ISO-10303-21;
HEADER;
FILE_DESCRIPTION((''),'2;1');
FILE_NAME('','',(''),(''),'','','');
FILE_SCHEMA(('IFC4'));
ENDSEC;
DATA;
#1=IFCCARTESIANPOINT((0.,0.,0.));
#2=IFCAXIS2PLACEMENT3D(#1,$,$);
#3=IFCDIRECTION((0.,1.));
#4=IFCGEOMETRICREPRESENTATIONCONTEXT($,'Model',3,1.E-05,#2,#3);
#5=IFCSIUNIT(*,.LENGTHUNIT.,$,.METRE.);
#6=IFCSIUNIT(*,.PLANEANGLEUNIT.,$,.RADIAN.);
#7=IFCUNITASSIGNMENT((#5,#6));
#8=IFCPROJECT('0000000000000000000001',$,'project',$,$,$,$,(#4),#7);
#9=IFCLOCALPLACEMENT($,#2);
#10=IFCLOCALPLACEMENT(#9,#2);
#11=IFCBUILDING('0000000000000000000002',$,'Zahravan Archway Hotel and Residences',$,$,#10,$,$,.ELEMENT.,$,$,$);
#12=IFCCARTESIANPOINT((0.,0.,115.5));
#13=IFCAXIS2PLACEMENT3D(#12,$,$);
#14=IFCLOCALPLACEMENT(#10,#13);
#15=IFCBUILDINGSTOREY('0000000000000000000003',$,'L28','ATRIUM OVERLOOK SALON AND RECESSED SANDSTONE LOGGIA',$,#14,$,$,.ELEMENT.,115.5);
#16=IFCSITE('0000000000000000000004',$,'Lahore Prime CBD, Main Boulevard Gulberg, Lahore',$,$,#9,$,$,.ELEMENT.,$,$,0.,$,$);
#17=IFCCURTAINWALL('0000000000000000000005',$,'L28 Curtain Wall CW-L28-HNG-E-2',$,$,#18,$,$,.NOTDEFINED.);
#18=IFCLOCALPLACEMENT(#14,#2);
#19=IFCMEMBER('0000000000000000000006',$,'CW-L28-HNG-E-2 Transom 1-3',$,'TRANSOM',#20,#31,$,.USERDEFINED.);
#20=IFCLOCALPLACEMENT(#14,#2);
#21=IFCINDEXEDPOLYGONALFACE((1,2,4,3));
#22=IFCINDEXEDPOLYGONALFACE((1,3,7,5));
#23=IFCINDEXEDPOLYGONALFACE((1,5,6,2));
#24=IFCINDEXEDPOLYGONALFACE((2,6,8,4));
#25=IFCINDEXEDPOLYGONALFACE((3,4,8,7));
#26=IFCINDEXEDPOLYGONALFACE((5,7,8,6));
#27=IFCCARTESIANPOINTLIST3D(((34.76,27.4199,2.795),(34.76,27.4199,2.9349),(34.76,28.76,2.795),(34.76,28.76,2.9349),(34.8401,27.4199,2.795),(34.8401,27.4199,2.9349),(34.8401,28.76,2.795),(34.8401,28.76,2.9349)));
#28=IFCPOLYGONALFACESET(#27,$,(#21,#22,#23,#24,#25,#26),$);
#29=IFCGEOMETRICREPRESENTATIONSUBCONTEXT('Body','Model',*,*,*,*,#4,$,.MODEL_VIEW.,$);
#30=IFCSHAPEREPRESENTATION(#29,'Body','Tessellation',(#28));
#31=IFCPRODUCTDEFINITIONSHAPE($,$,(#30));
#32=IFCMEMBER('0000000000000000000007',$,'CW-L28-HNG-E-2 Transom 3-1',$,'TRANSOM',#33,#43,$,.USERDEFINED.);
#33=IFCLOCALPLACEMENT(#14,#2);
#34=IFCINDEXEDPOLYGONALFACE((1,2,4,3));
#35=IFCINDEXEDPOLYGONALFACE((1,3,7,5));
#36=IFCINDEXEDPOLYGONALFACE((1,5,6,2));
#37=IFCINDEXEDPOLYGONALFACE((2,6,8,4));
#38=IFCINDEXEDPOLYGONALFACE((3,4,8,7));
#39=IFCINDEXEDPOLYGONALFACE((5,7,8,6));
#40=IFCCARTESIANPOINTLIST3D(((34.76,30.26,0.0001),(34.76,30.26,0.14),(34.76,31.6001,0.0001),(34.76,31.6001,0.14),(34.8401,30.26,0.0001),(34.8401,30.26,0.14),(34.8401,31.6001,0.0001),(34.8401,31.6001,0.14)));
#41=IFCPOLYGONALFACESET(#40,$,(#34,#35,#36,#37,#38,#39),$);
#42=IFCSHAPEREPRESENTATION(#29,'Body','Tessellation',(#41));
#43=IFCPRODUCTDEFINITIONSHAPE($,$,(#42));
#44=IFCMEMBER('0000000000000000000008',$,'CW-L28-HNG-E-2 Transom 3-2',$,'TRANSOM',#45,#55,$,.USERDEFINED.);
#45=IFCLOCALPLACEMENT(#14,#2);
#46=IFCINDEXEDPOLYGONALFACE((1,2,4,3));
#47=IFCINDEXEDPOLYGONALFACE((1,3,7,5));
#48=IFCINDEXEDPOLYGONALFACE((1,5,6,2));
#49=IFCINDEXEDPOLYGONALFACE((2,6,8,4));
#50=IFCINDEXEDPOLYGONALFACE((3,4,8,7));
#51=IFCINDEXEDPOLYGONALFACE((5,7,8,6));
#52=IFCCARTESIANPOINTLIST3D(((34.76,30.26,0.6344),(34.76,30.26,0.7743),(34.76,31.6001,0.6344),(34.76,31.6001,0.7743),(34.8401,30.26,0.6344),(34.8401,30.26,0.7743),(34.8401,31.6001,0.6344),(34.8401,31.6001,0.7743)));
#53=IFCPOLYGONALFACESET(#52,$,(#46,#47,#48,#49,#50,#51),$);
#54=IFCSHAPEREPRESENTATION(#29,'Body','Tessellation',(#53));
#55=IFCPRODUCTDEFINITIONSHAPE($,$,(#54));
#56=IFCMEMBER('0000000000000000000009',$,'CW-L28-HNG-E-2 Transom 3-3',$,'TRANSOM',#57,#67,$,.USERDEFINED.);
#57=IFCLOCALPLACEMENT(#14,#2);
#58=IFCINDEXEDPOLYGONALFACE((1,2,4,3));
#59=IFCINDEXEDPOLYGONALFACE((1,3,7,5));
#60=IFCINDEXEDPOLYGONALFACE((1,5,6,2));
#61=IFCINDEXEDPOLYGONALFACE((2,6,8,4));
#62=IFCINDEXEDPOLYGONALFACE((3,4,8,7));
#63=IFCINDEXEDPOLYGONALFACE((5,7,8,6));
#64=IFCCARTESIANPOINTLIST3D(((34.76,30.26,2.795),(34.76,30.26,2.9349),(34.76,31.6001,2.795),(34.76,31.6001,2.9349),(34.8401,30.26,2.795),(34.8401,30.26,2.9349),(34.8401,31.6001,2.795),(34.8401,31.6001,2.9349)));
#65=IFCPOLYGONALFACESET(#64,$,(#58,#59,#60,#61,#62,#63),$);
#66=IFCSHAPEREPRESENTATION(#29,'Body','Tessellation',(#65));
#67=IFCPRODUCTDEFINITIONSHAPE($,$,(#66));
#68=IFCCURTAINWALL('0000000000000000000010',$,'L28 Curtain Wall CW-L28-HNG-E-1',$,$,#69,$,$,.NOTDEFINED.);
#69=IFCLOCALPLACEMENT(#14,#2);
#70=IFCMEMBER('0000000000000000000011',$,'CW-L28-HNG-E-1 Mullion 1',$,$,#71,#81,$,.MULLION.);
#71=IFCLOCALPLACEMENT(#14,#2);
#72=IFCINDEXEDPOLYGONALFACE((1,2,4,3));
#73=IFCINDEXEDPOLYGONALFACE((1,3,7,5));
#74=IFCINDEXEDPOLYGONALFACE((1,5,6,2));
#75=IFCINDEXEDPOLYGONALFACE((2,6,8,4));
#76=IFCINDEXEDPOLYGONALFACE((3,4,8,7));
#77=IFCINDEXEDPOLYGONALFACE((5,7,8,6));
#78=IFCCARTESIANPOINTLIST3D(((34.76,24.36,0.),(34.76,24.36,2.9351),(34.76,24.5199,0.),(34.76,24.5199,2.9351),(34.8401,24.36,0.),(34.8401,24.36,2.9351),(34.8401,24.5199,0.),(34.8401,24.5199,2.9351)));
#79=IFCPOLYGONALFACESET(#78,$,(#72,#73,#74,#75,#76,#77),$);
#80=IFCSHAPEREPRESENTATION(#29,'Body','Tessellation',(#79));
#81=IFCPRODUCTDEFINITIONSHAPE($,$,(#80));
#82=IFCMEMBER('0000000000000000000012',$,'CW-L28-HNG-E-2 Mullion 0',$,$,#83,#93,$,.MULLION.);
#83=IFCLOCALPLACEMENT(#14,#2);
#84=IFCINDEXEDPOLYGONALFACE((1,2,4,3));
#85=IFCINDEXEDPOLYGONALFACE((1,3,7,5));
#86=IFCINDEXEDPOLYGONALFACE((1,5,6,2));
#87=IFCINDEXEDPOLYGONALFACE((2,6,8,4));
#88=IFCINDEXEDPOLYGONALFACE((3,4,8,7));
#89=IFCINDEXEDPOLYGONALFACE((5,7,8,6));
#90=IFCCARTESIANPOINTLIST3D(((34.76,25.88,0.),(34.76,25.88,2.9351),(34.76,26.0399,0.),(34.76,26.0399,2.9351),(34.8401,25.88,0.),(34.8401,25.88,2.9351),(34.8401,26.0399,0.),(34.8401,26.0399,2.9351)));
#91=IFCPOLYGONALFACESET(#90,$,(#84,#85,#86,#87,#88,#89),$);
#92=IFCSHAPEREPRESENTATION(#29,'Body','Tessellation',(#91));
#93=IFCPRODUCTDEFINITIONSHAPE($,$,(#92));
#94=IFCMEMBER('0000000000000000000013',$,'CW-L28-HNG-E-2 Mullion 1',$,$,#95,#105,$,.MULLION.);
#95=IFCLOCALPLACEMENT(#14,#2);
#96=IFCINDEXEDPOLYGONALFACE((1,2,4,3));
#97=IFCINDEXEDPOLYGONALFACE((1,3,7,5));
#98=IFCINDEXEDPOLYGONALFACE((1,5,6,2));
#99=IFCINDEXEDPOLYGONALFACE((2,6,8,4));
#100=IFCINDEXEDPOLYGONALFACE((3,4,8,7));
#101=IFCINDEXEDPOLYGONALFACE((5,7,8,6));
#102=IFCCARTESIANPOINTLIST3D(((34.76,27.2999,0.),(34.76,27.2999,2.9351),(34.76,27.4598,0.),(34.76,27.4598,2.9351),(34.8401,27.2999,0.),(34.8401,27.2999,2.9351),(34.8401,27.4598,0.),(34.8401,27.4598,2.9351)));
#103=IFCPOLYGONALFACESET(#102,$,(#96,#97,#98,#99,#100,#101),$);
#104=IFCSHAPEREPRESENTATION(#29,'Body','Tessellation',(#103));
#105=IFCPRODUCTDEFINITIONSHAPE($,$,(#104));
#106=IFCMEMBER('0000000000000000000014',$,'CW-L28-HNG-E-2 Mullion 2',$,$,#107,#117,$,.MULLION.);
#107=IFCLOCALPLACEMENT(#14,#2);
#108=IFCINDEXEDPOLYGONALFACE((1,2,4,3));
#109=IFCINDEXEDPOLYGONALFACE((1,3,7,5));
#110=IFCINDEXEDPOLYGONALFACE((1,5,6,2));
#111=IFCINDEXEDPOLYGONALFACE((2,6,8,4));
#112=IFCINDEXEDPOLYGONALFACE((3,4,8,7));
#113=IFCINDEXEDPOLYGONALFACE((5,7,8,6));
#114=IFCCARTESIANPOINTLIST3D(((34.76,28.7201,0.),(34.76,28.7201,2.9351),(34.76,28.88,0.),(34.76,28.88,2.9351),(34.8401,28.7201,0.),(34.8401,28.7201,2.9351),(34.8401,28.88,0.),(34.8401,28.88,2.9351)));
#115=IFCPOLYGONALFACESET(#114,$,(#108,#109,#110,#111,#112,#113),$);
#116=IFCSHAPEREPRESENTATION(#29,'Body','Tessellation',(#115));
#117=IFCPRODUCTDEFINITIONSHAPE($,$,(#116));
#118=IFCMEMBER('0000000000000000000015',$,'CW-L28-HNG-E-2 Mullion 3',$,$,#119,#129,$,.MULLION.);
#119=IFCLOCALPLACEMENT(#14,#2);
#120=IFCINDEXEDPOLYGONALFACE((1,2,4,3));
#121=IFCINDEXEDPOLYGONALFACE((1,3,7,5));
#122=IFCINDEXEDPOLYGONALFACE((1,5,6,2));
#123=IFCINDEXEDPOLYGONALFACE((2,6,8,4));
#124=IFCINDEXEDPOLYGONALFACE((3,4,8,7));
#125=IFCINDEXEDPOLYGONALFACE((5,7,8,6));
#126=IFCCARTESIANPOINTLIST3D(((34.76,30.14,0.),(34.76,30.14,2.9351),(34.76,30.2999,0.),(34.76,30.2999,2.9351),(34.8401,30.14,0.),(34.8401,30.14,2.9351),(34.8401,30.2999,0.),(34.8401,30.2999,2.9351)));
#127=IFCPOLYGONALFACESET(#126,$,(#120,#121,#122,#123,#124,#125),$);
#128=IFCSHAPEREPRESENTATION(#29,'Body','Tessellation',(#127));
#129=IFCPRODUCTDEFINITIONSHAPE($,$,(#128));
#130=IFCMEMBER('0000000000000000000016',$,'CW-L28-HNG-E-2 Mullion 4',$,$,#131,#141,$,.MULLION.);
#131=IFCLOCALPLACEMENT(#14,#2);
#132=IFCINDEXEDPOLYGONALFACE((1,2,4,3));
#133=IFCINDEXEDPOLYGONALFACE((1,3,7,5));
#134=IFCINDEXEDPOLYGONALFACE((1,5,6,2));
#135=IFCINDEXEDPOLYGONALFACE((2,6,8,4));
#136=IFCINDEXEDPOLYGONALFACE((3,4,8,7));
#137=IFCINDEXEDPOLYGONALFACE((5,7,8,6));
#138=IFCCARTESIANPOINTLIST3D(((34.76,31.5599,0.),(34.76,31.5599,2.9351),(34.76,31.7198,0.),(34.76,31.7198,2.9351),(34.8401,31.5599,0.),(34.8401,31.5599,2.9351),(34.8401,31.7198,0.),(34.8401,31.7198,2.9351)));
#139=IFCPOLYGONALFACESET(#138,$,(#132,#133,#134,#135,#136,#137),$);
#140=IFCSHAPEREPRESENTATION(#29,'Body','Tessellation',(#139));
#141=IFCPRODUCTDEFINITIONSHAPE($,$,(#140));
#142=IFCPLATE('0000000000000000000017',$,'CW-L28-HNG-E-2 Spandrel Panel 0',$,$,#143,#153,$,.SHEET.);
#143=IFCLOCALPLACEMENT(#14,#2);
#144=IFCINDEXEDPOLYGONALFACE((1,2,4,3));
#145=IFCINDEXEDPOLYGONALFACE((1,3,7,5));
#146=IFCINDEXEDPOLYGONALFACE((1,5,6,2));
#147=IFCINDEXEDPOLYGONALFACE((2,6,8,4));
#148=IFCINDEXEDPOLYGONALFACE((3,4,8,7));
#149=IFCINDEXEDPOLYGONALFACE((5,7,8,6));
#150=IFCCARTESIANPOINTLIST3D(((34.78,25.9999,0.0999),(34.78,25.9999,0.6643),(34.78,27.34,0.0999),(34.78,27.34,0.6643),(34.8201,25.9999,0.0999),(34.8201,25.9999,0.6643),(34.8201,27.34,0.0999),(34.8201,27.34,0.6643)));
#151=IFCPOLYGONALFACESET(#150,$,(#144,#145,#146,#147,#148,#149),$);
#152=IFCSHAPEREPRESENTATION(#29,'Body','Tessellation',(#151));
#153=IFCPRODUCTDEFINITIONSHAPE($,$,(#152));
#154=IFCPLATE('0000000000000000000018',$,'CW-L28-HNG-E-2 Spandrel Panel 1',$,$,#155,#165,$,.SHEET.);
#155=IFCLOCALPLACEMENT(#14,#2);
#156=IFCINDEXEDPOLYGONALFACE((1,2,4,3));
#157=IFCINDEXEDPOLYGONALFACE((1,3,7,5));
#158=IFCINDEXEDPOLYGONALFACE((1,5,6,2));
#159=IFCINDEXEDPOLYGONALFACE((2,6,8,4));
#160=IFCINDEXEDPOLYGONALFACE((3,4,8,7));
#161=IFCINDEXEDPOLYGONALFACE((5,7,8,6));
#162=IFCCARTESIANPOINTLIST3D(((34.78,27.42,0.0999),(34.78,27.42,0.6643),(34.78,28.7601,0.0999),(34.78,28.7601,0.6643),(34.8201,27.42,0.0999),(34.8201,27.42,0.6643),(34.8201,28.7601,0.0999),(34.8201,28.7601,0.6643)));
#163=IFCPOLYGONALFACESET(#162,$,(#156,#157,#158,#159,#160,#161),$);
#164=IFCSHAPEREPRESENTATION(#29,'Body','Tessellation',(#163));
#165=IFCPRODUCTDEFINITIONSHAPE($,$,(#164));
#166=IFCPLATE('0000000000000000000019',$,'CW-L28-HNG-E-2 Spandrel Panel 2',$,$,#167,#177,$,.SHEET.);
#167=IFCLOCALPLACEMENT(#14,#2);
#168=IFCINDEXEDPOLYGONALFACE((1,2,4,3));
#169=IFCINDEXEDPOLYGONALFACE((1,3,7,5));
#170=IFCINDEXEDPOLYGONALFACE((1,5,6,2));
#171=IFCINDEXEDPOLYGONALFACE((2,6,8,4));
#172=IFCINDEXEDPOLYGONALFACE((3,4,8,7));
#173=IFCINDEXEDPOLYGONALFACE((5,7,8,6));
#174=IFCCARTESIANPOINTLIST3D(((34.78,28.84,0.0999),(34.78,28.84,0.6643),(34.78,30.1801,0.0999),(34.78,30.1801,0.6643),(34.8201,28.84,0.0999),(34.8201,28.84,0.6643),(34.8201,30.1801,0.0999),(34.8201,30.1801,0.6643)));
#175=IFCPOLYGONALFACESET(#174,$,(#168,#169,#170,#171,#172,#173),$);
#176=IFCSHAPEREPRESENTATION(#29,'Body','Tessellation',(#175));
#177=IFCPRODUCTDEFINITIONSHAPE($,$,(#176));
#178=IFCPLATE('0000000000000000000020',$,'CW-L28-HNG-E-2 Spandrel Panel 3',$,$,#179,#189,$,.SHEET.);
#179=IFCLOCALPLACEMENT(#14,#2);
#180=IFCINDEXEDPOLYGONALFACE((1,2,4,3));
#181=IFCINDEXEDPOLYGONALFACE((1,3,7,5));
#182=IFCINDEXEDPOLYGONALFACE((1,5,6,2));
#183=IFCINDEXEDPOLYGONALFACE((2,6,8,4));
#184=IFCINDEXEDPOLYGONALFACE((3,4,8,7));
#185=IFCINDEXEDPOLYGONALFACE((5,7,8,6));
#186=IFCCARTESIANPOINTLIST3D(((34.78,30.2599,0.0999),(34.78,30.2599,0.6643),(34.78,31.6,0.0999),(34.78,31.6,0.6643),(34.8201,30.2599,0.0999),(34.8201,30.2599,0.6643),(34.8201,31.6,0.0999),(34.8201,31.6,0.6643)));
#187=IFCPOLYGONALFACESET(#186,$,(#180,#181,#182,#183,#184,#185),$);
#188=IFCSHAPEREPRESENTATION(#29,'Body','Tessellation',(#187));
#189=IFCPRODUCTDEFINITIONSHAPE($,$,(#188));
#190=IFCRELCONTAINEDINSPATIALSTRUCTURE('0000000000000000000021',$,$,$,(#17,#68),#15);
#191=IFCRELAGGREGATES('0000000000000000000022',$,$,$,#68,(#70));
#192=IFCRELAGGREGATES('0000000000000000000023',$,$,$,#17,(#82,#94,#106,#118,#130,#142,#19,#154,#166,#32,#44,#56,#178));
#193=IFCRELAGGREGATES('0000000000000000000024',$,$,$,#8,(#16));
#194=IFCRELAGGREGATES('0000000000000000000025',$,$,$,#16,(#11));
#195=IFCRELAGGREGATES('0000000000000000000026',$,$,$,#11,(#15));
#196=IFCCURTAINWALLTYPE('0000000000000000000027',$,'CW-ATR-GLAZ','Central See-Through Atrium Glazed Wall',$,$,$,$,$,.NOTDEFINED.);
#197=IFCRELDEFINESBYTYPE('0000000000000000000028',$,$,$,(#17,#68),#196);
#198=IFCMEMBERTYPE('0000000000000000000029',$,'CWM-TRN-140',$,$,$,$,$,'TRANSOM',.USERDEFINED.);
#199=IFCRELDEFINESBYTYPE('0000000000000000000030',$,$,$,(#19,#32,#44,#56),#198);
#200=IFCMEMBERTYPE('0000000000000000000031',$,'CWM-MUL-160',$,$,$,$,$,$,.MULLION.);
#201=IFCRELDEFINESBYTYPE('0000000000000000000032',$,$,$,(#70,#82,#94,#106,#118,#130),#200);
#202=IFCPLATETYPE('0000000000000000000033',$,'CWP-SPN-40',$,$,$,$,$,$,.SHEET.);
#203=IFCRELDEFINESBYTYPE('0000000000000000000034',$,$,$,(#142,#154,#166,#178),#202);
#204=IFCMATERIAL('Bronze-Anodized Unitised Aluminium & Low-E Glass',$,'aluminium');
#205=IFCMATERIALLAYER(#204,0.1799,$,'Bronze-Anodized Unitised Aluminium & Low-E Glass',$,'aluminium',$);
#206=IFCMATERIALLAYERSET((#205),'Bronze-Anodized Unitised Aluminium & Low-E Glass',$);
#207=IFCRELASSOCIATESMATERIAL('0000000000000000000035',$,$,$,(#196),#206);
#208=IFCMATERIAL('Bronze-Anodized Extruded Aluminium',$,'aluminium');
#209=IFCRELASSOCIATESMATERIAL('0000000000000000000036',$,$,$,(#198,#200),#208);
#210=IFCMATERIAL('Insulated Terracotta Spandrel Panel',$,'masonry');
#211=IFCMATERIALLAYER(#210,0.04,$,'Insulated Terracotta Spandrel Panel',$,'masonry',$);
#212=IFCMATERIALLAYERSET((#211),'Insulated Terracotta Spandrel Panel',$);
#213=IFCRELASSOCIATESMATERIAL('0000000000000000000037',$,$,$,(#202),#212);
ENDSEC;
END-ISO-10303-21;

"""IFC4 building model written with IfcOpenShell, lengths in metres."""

from ifc_helpers import new_model, si_unit, direction, frame, origin, origin_2d, place, context, subcontext, project, spatial, rectangle, extrude, source, transform, mapped, material, layer, layer_set, material_profile, profile_set, type_object, element, aggregate, save


model = new_model("IFC4")

# Units and contexts
model_context = context("Model", 3, precision=1e-05, world=origin(), true_north=direction((0.0, 1.0)))
body_context = subcontext(model_context, "Body", "Model", "MODEL_VIEW")
ifc_project = project(units=[si_unit("LENGTHUNIT", "METRE"), si_unit("PLANEANGLEUNIT", "RADIAN")], contexts=[model_context])

# Site, building, storey
site_placement = place(None, origin())
site = spatial("IfcSite", under=ifc_project, at=site_placement, Name="Lahore Prime CBD, Main Boulevard Gulberg, Lahore", CompositionType="ELEMENT", RefElevation=0.0)
building_placement = place(site_placement, origin())
building = spatial("IfcBuilding", under=site, at=building_placement, Name="Zahravan Archway Hotel and Residences", CompositionType="ELEMENT")
storey_placement = place(building_placement, frame((0.0, 0.0, 115.5)))
storey = spatial("IfcBuildingStorey", under=building, at=storey_placement, Name="L28", Description="ATRIUM OVERLOOK SALON AND RECESSED SANDSTONE LOGGIA", CompositionType="ELEMENT", Elevation=115.5)

# Curtain wall, members
ifc_material_1 = material(Name="Bronze-Anodized Unitised Aluminium & Low-E Glass", Category="aluminium")
ifc_layer_1 = layer(ifc_material_1, 0.1799, Name="Bronze-Anodized Unitised Aluminium & Low-E Glass", Category="aluminium")
ifc_layer_set_1 = layer_set([ifc_layer_1], Name="Bronze-Anodized Unitised Aluminium & Low-E Glass")
curtain_wall_type = type_object("IfcCurtainWallType", Name="CW-ATR-GLAZ", Description="Central See-Through Atrium Glazed Wall", PredefinedType="NOTDEFINED", material=ifc_layer_set_1)
curtain_wall_1_placement = place(storey_placement, origin())
curtain_wall_1 = element("IfcCurtainWall", 1, at=curtain_wall_1_placement, inside=storey, type_object=curtain_wall_type, Name="L28 Curtain Wall CW-L28-HNG-E-2", PredefinedType="NOTDEFINED")
ifc_material_2 = material(Name="Bronze-Anodized Extruded Aluminium", Category="aluminium")
ifc_material_profile_1 = material_profile(ifc_material_2, rectangle(XDim=0.0801, YDim=0.1399, at=origin_2d()), Name="TRN 80x140", Category="aluminium")
ifc_profile_set_1 = profile_set([ifc_material_profile_1], Name="Bronze-Anodized Extruded Aluminium")
member_type_1 = type_object("IfcMemberType", Name="CWM-TRN-140", ElementType="TRANSOM", PredefinedType="USERDEFINED", material=ifc_profile_set_1)
shared_shape_1 = source(origin(), body_context, "Body", "SweptSolid", [
    extrude(rectangle(XDim=0.0801, YDim=0.1399, at=origin_2d()), origin(), (0.0, 0.0, 1.0), 1.3401),
])
member_1_placement = place(storey_placement, frame((34.8, 27.4199, 2.865), z_axis=(0.0, 1.0, 0.0), x_axis=(-1.0, 0.0, 0.0)))
member_1 = element("IfcMember", 2, at=member_1_placement, type_object=member_type_1, Name="CW-L28-HNG-E-2 Transom 1-3", ObjectType="TRANSOM", PredefinedType="USERDEFINED", context=body_context, shape_type="MappedRepresentation", body=[
    mapped(shared_shape_1, transform((0.0, 0.0, 0.0), scale=1.0)),
])
member_2_placement = place(storey_placement, frame((34.8, 30.26, 0.0701), z_axis=(0.0, 1.0, 0.0), x_axis=(-1.0, 0.0, 0.0)))
member_2 = element("IfcMember", 3, at=member_2_placement, type_object=member_type_1, Name="CW-L28-HNG-E-2 Transom 3-1", ObjectType="TRANSOM", PredefinedType="USERDEFINED", context=body_context, shape_type="MappedRepresentation", body=[
    mapped(shared_shape_1, transform((0.0, 0.0, 0.0), scale=1.0)),
])
member_3_placement = place(storey_placement, frame((34.8, 30.26, 0.7043), z_axis=(0.0, 1.0, 0.0), x_axis=(-1.0, 0.0, 0.0)))
member_3 = element("IfcMember", 4, at=member_3_placement, type_object=member_type_1, Name="CW-L28-HNG-E-2 Transom 3-2", ObjectType="TRANSOM", PredefinedType="USERDEFINED", context=body_context, shape_type="MappedRepresentation", body=[
    mapped(shared_shape_1, transform((0.0, 0.0, 0.0), scale=1.0)),
])
member_4_placement = place(storey_placement, frame((34.8, 30.26, 2.865), z_axis=(0.0, 1.0, 0.0), x_axis=(-1.0, 0.0, 0.0)))
member_4 = element("IfcMember", 5, at=member_4_placement, type_object=member_type_1, Name="CW-L28-HNG-E-2 Transom 3-3", ObjectType="TRANSOM", PredefinedType="USERDEFINED", context=body_context, shape_type="MappedRepresentation", body=[
    mapped(shared_shape_1, transform((0.0, 0.0, 0.0), scale=1.0)),
])

# Curtain wall, member
curtain_wall_2_placement = place(storey_placement, origin())
curtain_wall_2 = element("IfcCurtainWall", 6, at=curtain_wall_2_placement, inside=storey, type_object=curtain_wall_type, Name="L28 Curtain Wall CW-L28-HNG-E-1", PredefinedType="NOTDEFINED")
ifc_material_profile_2 = material_profile(ifc_material_2, rectangle(XDim=0.0801, YDim=0.1599, at=origin_2d()), Name="MUL 80x160", Category="aluminium")
ifc_profile_set_2 = profile_set([ifc_material_profile_2], Name="Bronze-Anodized Extruded Aluminium")
member_type_2 = type_object("IfcMemberType", Name="CWM-MUL-160", PredefinedType="MULLION", material=ifc_profile_set_2)
shared_shape_2 = source(origin(), body_context, "Body", "SweptSolid", [
    extrude(rectangle(XDim=0.0801, YDim=0.1599, at=origin_2d()), origin(), (0.0, 0.0, 1.0), 2.9351),
])
member_5_placement = place(storey_placement, frame((34.8, 24.4399, 0.0), z_axis=(0.0, 0.0, 1.0), x_axis=(1.0, 0.0, 0.0)))
member_5 = element("IfcMember", 7, at=member_5_placement, type_object=member_type_2, Name="CW-L28-HNG-E-1 Mullion 1", PredefinedType="MULLION", context=body_context, shape_type="MappedRepresentation", body=[
    mapped(shared_shape_2, transform((0.0, 0.0, 0.0), scale=1.0)),
])
aggregate(curtain_wall_2, [member_5])

# Members
member_6_placement = place(storey_placement, frame((34.8, 25.96, 0.0), z_axis=(0.0, 0.0, 1.0), x_axis=(1.0, 0.0, 0.0)))
member_6 = element("IfcMember", 8, at=member_6_placement, type_object=member_type_2, Name="CW-L28-HNG-E-2 Mullion 0", PredefinedType="MULLION", context=body_context, shape_type="MappedRepresentation", body=[
    mapped(shared_shape_2, transform((0.0, 0.0, 0.0), scale=1.0)),
])
member_7_placement = place(storey_placement, frame((34.8, 27.3799, 0.0), z_axis=(0.0, 0.0, 1.0), x_axis=(1.0, 0.0, 0.0)))
member_7 = element("IfcMember", 9, at=member_7_placement, type_object=member_type_2, Name="CW-L28-HNG-E-2 Mullion 1", PredefinedType="MULLION", context=body_context, shape_type="MappedRepresentation", body=[
    mapped(shared_shape_2, transform((0.0, 0.0, 0.0), scale=1.0)),
])
member_8_placement = place(storey_placement, frame((34.8, 28.8, 0.0), z_axis=(0.0, 0.0, 1.0), x_axis=(1.0, 0.0, 0.0)))
member_8 = element("IfcMember", 10, at=member_8_placement, type_object=member_type_2, Name="CW-L28-HNG-E-2 Mullion 2", PredefinedType="MULLION", context=body_context, shape_type="MappedRepresentation", body=[
    mapped(shared_shape_2, transform((0.0, 0.0, 0.0), scale=1.0)),
])
member_9_placement = place(storey_placement, frame((34.8, 30.22, 0.0), z_axis=(0.0, 0.0, 1.0), x_axis=(1.0, 0.0, 0.0)))
member_9 = element("IfcMember", 11, at=member_9_placement, type_object=member_type_2, Name="CW-L28-HNG-E-2 Mullion 3", PredefinedType="MULLION", context=body_context, shape_type="MappedRepresentation", body=[
    mapped(shared_shape_2, transform((0.0, 0.0, 0.0), scale=1.0)),
])
member_10_placement = place(storey_placement, frame((34.8, 31.6399, 0.0), z_axis=(0.0, 0.0, 1.0), x_axis=(1.0, 0.0, 0.0)))
member_10 = element("IfcMember", 12, at=member_10_placement, type_object=member_type_2, Name="CW-L28-HNG-E-2 Mullion 4", PredefinedType="MULLION", context=body_context, shape_type="MappedRepresentation", body=[
    mapped(shared_shape_2, transform((0.0, 0.0, 0.0), scale=1.0)),
])

# Plates
ifc_material_3 = material(Name="Insulated Terracotta Spandrel Panel", Category="masonry")
ifc_layer_2 = layer(ifc_material_3, 0.04, Name="Insulated Terracotta Spandrel Panel", Category="masonry")
ifc_layer_set_2 = layer_set([ifc_layer_2], Name="Insulated Terracotta Spandrel Panel")
plate_type_1 = type_object("IfcPlateType", Name="CWP-SPN-40", PredefinedType="SHEET", material=ifc_layer_set_2)
shared_shape_3 = source(origin(), body_context, "Body", "SweptSolid", [
    extrude(rectangle(XDim=1.3401, YDim=0.04, at=origin_2d()), origin(), (0.0, 0.0, 1.0), 0.5645),
])
plate_1_placement = place(storey_placement, frame((34.8, 26.6699, 0.0999), z_axis=(0.0, 0.0, 1.0), x_axis=(0.0, 1.0, 0.0)))
plate_1 = element("IfcPlate", 13, at=plate_1_placement, type_object=plate_type_1, Name="CW-L28-HNG-E-2 Spandrel Panel 0", PredefinedType="SHEET", context=body_context, shape_type="MappedRepresentation", body=[
    mapped(shared_shape_3, transform((0.0, 0.0, 0.0), scale=1.0)),
])
plate_2_placement = place(storey_placement, frame((34.8, 28.0901, 0.0999), z_axis=(0.0, 0.0, 1.0), x_axis=(0.0, 1.0, 0.0)))
plate_2 = element("IfcPlate", 14, at=plate_2_placement, type_object=plate_type_1, Name="CW-L28-HNG-E-2 Spandrel Panel 1", PredefinedType="SHEET", context=body_context, shape_type="MappedRepresentation", body=[
    mapped(shared_shape_3, transform((0.0, 0.0, 0.0), scale=1.0)),
])
plate_3_placement = place(storey_placement, frame((34.8, 29.51, 0.0999), z_axis=(0.0, 0.0, 1.0), x_axis=(0.0, 1.0, 0.0)))
plate_3 = element("IfcPlate", 15, at=plate_3_placement, type_object=plate_type_1, Name="CW-L28-HNG-E-2 Spandrel Panel 2", PredefinedType="SHEET", context=body_context, shape_type="MappedRepresentation", body=[
    mapped(shared_shape_3, transform((0.0, 0.0, 0.0), scale=1.0)),
])
plate_4_placement = place(storey_placement, frame((34.8, 30.9299, 0.0999), z_axis=(0.0, 0.0, 1.0), x_axis=(0.0, 1.0, 0.0)))
plate_4 = element("IfcPlate", 16, at=plate_4_placement, type_object=plate_type_1, Name="CW-L28-HNG-E-2 Spandrel Panel 3", PredefinedType="SHEET", context=body_context, shape_type="MappedRepresentation", body=[
    mapped(shared_shape_3, transform((0.0, 0.0, 0.0), scale=1.0)),
])
aggregate(curtain_wall_1, [member_6, member_7, member_8, member_9, member_10, plate_1, member_1, plate_2, plate_3, member_2, member_3, member_4, plate_4])

save(model, "model.ifc")
